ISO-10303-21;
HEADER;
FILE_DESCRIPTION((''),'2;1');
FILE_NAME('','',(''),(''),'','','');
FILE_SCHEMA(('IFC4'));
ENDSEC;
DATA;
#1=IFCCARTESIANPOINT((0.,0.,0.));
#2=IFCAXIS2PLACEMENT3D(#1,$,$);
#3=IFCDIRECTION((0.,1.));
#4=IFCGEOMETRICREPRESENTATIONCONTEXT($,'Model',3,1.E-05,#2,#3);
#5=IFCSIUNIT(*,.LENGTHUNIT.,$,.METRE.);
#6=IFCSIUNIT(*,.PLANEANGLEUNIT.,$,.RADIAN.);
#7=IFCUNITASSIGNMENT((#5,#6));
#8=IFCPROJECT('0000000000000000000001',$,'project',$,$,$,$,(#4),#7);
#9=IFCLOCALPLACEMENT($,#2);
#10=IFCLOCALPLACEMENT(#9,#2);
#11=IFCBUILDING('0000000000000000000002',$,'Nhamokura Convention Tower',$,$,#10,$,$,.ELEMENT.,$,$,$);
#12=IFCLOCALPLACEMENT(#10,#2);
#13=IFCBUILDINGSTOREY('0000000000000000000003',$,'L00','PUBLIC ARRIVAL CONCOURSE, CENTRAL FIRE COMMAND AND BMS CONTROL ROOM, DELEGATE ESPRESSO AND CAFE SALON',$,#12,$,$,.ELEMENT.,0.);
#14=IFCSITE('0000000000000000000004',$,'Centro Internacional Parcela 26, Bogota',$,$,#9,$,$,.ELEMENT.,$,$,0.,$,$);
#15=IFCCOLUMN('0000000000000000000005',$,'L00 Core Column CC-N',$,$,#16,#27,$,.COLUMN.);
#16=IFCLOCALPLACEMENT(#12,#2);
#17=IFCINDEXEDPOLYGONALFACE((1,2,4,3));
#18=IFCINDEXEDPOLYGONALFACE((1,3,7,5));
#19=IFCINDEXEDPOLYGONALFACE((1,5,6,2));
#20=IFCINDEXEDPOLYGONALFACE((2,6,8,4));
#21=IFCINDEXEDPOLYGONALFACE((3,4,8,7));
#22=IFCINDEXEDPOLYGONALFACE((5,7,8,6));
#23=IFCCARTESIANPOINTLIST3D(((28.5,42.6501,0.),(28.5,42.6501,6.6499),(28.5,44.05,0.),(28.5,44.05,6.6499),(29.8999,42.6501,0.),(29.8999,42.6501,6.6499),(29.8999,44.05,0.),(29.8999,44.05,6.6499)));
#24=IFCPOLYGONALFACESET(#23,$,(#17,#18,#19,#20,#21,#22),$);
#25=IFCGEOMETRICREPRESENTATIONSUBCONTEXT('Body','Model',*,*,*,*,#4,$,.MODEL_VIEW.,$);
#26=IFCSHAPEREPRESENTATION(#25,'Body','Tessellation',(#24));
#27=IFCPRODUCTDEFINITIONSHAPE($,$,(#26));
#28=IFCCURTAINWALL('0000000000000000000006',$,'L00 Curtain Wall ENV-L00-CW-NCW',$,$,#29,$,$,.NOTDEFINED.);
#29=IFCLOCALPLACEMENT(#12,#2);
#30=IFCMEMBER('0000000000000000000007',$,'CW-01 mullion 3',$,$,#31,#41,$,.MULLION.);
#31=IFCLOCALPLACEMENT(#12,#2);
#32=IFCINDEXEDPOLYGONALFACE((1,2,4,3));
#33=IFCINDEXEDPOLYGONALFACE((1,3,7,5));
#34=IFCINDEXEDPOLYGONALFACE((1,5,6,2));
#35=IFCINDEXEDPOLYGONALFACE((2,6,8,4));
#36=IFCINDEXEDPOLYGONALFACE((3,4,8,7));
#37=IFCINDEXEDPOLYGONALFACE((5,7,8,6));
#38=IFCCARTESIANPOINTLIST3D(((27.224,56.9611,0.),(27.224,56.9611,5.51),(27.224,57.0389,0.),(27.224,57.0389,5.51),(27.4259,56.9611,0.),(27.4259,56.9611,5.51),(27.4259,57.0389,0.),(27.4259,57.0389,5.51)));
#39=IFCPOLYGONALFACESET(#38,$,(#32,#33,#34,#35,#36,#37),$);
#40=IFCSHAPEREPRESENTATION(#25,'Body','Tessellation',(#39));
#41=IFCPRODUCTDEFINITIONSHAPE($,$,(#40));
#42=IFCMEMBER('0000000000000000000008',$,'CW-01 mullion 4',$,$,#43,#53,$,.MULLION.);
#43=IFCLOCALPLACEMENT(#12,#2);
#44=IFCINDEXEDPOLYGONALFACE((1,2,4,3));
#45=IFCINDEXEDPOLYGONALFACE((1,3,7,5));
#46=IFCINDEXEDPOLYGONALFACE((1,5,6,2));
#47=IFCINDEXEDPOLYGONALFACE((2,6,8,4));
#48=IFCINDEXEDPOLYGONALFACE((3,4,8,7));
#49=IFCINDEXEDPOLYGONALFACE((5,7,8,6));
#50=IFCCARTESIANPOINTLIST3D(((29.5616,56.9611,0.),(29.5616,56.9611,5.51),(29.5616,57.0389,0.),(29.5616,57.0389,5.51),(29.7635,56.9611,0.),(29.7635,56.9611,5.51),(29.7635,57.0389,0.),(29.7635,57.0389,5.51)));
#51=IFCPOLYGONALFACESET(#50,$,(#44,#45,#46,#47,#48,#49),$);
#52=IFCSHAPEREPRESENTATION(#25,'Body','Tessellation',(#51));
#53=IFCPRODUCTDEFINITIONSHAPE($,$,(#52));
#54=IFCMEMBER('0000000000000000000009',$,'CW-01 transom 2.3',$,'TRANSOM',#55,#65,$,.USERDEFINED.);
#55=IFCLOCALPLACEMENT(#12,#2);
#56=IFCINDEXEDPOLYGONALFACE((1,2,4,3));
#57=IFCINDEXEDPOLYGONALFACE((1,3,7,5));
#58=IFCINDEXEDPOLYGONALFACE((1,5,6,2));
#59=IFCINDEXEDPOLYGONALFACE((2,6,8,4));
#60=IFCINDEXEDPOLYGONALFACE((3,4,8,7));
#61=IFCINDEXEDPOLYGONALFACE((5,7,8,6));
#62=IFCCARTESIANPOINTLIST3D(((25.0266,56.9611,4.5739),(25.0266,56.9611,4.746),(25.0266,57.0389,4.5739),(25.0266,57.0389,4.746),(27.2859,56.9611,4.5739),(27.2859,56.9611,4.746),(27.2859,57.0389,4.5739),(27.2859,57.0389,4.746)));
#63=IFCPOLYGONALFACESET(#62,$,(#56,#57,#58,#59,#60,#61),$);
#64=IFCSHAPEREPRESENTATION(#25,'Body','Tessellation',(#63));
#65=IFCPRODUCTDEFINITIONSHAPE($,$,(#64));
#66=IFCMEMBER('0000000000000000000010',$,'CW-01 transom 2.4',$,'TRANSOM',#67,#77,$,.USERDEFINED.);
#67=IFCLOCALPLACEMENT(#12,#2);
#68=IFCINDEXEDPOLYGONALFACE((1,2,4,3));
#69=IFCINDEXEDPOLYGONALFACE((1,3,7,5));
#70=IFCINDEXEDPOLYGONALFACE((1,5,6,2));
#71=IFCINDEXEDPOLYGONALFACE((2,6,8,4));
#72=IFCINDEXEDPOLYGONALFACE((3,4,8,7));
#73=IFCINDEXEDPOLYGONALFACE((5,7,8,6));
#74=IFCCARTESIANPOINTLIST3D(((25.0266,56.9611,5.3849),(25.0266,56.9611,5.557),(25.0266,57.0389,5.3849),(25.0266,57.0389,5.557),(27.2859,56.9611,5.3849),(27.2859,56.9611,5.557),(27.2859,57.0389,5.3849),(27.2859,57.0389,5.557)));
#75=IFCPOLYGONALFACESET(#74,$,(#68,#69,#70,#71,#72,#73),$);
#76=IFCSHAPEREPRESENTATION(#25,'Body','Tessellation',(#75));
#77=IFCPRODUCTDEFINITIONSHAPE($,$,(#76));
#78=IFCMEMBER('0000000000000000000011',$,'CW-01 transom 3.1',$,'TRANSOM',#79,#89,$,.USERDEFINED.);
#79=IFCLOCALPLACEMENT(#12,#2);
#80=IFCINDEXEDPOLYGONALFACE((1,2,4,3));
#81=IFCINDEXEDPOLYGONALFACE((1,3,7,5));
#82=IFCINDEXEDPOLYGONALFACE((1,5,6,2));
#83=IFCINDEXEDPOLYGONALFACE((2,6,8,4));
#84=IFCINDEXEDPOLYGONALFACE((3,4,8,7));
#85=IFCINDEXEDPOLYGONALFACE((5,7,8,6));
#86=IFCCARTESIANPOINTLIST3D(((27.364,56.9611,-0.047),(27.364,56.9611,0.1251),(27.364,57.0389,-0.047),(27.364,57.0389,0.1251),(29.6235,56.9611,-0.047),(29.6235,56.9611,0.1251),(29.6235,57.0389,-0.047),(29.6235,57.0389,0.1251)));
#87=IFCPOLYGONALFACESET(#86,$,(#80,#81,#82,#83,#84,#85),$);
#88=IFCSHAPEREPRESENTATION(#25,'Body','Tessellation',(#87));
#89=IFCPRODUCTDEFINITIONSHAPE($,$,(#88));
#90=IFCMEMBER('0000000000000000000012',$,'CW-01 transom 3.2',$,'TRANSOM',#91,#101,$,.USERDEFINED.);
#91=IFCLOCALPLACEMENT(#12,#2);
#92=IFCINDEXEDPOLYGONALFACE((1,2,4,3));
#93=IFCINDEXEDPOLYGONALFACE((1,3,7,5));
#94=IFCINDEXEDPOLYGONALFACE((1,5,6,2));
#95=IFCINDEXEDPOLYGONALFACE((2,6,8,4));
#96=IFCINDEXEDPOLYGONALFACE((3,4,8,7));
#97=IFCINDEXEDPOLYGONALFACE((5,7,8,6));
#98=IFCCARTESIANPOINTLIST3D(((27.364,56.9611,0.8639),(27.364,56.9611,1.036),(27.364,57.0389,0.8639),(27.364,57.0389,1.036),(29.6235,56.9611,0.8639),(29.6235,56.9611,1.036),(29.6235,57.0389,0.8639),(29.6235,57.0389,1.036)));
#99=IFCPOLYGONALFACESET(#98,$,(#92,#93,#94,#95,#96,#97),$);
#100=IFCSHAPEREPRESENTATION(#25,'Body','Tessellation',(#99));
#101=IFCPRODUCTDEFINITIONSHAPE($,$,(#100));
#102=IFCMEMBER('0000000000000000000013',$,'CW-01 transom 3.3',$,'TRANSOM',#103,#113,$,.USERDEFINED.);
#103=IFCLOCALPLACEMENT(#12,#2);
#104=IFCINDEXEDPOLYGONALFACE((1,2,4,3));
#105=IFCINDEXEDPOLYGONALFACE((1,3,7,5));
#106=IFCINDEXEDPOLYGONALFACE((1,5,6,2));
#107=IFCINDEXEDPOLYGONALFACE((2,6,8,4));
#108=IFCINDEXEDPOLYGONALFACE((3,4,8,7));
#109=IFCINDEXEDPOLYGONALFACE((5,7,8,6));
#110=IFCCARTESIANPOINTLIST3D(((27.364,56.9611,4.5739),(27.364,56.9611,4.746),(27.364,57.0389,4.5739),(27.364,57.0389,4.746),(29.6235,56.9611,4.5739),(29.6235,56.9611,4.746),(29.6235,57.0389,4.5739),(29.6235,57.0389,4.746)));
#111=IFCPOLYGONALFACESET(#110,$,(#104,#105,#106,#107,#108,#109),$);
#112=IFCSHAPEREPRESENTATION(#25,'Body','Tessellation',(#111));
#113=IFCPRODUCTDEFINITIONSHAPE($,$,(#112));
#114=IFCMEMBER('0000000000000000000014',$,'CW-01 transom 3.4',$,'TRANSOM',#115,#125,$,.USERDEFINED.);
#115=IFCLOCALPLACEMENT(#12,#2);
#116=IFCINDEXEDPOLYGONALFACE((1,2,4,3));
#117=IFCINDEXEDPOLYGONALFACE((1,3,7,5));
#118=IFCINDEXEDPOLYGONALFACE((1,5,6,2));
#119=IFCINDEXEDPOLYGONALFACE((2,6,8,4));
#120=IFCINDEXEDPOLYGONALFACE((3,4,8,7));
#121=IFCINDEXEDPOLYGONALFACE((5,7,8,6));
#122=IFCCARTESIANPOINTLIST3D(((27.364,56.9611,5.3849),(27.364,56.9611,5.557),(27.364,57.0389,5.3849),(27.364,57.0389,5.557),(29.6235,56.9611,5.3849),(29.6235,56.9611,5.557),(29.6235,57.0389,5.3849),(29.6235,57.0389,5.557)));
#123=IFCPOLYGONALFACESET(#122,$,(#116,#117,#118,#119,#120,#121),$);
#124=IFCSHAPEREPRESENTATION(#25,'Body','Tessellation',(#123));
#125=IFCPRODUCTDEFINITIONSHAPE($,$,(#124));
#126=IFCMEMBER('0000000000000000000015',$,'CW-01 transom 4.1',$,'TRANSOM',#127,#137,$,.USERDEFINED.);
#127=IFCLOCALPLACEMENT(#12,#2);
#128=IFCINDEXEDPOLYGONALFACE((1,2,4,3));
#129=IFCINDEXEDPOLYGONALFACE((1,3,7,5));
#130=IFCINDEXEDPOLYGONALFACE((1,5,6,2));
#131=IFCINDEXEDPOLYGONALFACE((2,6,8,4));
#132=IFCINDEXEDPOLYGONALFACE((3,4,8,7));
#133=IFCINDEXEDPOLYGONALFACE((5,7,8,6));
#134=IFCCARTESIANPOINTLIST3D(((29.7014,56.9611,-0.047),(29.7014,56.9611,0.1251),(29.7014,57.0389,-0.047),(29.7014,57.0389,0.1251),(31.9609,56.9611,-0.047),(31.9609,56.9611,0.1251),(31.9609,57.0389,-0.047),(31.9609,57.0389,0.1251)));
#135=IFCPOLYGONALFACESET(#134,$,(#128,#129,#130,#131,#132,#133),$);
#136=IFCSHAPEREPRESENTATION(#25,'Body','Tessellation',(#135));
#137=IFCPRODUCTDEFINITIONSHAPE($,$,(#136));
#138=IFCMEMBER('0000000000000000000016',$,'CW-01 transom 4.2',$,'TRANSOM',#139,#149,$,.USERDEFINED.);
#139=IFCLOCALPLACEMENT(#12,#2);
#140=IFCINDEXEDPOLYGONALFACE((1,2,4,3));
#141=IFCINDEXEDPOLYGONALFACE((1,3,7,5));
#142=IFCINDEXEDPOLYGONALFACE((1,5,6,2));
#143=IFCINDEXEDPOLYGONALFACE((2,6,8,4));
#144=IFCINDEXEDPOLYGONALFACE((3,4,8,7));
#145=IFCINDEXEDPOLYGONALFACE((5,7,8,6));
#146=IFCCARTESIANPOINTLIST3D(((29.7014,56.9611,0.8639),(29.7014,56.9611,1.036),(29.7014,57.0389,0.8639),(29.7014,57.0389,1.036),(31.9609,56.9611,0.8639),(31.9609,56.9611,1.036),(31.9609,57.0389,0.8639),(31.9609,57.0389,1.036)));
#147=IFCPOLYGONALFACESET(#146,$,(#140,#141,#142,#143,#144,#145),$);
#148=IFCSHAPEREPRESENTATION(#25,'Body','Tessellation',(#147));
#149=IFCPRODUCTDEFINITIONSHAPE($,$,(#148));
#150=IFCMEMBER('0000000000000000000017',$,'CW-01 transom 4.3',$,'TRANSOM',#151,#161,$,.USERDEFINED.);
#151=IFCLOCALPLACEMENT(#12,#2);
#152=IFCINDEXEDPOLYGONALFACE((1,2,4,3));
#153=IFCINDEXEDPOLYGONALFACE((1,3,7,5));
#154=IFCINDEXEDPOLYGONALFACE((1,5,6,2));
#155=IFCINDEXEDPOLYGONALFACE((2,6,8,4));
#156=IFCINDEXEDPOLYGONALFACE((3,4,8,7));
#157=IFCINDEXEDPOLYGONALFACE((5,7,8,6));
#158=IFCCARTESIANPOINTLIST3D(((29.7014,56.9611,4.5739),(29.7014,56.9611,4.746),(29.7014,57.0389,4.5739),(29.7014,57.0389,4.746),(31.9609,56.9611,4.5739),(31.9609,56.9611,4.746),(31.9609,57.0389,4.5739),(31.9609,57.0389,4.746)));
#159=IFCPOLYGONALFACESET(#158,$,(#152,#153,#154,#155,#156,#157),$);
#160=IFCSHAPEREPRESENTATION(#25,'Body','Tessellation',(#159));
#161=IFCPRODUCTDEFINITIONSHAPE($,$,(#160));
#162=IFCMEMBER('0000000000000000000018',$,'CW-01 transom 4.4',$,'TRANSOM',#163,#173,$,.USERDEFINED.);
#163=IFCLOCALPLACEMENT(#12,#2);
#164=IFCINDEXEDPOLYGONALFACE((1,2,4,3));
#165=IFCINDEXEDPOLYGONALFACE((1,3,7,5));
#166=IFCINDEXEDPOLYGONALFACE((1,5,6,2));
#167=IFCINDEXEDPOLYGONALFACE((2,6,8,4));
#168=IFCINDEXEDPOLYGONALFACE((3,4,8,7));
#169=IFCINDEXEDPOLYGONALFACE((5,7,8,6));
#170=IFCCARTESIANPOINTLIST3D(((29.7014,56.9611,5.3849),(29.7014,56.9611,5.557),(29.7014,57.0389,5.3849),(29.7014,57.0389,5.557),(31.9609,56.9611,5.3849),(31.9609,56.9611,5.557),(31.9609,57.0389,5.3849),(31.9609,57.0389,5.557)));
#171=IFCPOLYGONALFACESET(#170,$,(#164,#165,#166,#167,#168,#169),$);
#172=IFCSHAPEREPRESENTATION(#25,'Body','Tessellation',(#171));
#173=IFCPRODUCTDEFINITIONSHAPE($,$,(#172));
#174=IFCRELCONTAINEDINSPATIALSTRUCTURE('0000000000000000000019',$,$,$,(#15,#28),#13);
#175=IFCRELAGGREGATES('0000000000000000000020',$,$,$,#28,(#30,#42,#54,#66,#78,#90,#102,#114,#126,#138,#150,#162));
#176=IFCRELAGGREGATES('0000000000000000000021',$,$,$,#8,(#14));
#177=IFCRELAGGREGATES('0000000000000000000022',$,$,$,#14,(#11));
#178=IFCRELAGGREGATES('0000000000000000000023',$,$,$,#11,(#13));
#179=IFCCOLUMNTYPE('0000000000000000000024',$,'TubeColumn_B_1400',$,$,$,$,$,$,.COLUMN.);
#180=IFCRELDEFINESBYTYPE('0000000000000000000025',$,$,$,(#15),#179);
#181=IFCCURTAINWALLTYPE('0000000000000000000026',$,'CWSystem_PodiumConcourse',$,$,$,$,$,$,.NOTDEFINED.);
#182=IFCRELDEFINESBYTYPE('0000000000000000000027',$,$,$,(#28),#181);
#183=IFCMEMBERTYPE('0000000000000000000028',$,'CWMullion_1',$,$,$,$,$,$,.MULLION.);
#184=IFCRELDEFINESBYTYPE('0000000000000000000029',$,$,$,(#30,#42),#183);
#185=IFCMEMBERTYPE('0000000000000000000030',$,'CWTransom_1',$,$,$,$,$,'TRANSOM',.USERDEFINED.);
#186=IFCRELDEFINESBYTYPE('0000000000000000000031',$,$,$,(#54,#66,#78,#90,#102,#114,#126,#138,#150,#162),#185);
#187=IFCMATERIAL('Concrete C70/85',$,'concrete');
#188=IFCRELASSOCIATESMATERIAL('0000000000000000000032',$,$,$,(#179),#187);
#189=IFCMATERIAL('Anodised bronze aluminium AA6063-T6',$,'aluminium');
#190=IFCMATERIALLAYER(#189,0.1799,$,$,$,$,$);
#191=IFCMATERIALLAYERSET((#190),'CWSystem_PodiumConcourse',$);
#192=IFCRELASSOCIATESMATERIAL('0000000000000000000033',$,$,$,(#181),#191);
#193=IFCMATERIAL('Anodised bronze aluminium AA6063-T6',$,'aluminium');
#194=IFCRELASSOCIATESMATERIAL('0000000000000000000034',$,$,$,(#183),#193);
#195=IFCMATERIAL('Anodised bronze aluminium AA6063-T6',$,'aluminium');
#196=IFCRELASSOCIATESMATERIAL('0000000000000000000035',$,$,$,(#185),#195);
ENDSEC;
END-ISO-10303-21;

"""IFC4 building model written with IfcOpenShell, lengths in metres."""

from ifc_helpers import new_model, si_unit, direction, frame, origin, origin_2d, place, context, subcontext, project, spatial, rectangle, extrude, material, layer, layer_set, material_profile, profile_set, type_object, element, aggregate, save


model = new_model("IFC4")

# Units and contexts
model_context = context("Model", 3, precision=1e-05, world=origin(), true_north=direction((0.0, 1.0)))
body_context = subcontext(model_context, "Body", "Model", "MODEL_VIEW")
ifc_project = project(units=[si_unit("LENGTHUNIT", "METRE"), si_unit("PLANEANGLEUNIT", "RADIAN")], contexts=[model_context])

# Site, building, storey
site_placement = place(None, origin())
site = spatial("IfcSite", under=ifc_project, at=site_placement, Name="Centro Internacional Parcela 26, Bogota", CompositionType="ELEMENT", RefElevation=0.0)
building_placement = place(site_placement, origin())
building = spatial("IfcBuilding", under=site, at=building_placement, Name="Nhamokura Convention Tower", CompositionType="ELEMENT")
storey_placement = place(building_placement, origin())
storey = spatial("IfcBuildingStorey", under=building, at=storey_placement, Name="L00", Description="PUBLIC ARRIVAL CONCOURSE, CENTRAL FIRE COMMAND AND BMS CONTROL ROOM, DELEGATE ESPRESSO AND CAFE SALON", CompositionType="ELEMENT", Elevation=0.0)

# Column
ifc_material_1 = material(Name="Concrete C70/85", Category="concrete")
ifc_material_profile_1 = material_profile(ifc_material_1, rectangle(XDim=1.3999, YDim=1.3999, at=origin_2d()))
ifc_profile_set_1 = profile_set([ifc_material_profile_1], Name="Concrete C70/85")
column_type = type_object("IfcColumnType", Name="TubeColumn_B_1400", PredefinedType="COLUMN", material=ifc_profile_set_1)
column_placement = place(storey_placement, frame((29.2, 43.3501, 0.0), z_axis=(0.0, 0.0, 1.0), x_axis=(1.0, 0.0, 0.0)))
element("IfcColumn", 1, at=column_placement, inside=storey, type_object=column_type, Name="L00 Core Column CC-N", PredefinedType="COLUMN", context=body_context, shape_type="SweptSolid", body=[
    extrude(rectangle(XDim=1.3999, YDim=1.3999, at=origin_2d()), origin(), (0.0, 0.0, 1.0), 6.6499),
])

# Curtain wall, members
ifc_material_2 = material(Name="Anodised bronze aluminium AA6063-T6", Category="aluminium")
ifc_layer_1 = layer(ifc_material_2, 0.1799)
ifc_layer_set_1 = layer_set([ifc_layer_1], Name="CWSystem_PodiumConcourse")
curtain_wall_type = type_object("IfcCurtainWallType", Name="CWSystem_PodiumConcourse", PredefinedType="NOTDEFINED", material=ifc_layer_set_1)
curtain_wall_placement = place(storey_placement, origin())
curtain_wall = element("IfcCurtainWall", 2, at=curtain_wall_placement, inside=storey, type_object=curtain_wall_type, Name="L00 Curtain Wall ENV-L00-CW-NCW", PredefinedType="NOTDEFINED")
ifc_material_3 = material(Name="Anodised bronze aluminium AA6063-T6", Category="aluminium")
ifc_material_profile_2 = material_profile(ifc_material_3, rectangle(XDim=0.0779, YDim=0.2019, at=origin_2d()))
ifc_profile_set_2 = profile_set([ifc_material_profile_2], Name="Anodised bronze aluminium AA6063-T6")
member_type_1 = type_object("IfcMemberType", Name="CWMullion_1", PredefinedType="MULLION", material=ifc_profile_set_2)
member_1_placement = place(storey_placement, frame((27.325, 57.0, 0.0), z_axis=(0.0, 0.0, 1.0), x_axis=(0.0, 1.0, 0.0)))
member_1 = element("IfcMember", 3, at=member_1_placement, type_object=member_type_1, Name="CW-01 mullion 3", PredefinedType="MULLION", context=body_context, shape_type="SweptSolid", body=[
    extrude(rectangle(XDim=0.0779, YDim=0.2019, at=origin_2d()), origin(), (0.0, 0.0, 1.0), 5.51),
])
member_2_placement = place(storey_placement, frame((29.6626, 57.0, 0.0), z_axis=(0.0, 0.0, 1.0), x_axis=(0.0, 1.0, 0.0)))
member_2 = element("IfcMember", 4, at=member_2_placement, type_object=member_type_1, Name="CW-01 mullion 4", PredefinedType="MULLION", context=body_context, shape_type="SweptSolid", body=[
    extrude(rectangle(XDim=0.0779, YDim=0.2019, at=origin_2d()), origin(), (0.0, 0.0, 1.0), 5.51),
])
ifc_material_4 = material(Name="Anodised bronze aluminium AA6063-T6", Category="aluminium")
ifc_material_profile_3 = material_profile(ifc_material_4, rectangle(XDim=0.0779, YDim=0.1721, at=origin_2d()))
ifc_profile_set_3 = profile_set([ifc_material_profile_3], Name="Anodised bronze aluminium AA6063-T6")
member_type_2 = type_object("IfcMemberType", Name="CWTransom_1", ElementType="TRANSOM", PredefinedType="USERDEFINED", material=ifc_profile_set_3)
member_3_placement = place(storey_placement, frame((25.0266, 57.0, 4.6599), z_axis=(1.0, 0.0, 0.0), x_axis=(0.0, 1.0, 0.0)))
member_3 = element("IfcMember", 5, at=member_3_placement, type_object=member_type_2, Name="CW-01 transom 2.3", ObjectType="TRANSOM", PredefinedType="USERDEFINED", context=body_context, shape_type="SweptSolid", body=[
    extrude(rectangle(XDim=0.0779, YDim=0.1721, at=origin_2d()), origin(), (0.0, 0.0, 1.0), 2.2593),
])
member_4_placement = place(storey_placement, frame((25.0266, 57.0, 5.4709), z_axis=(1.0, 0.0, 0.0), x_axis=(0.0, 1.0, 0.0)))
member_4 = element("IfcMember", 6, at=member_4_placement, type_object=member_type_2, Name="CW-01 transom 2.4", ObjectType="TRANSOM", PredefinedType="USERDEFINED", context=body_context, shape_type="SweptSolid", body=[
    extrude(rectangle(XDim=0.0779, YDim=0.1721, at=origin_2d()), origin(), (0.0, 0.0, 1.0), 2.2593),
])
member_5_placement = place(storey_placement, frame((27.364, 57.0, 0.0391), z_axis=(1.0, 0.0, 0.0), x_axis=(0.0, 1.0, 0.0)))
member_5 = element("IfcMember", 7, at=member_5_placement, type_object=member_type_2, Name="CW-01 transom 3.1", ObjectType="TRANSOM", PredefinedType="USERDEFINED", context=body_context, shape_type="SweptSolid", body=[
    extrude(rectangle(XDim=0.0779, YDim=0.1721, at=origin_2d()), origin(), (0.0, 0.0, 1.0), 2.2595),
])
member_6_placement = place(storey_placement, frame((27.364, 57.0, 0.95), z_axis=(1.0, 0.0, 0.0), x_axis=(0.0, 1.0, 0.0)))
member_6 = element("IfcMember", 8, at=member_6_placement, type_object=member_type_2, Name="CW-01 transom 3.2", ObjectType="TRANSOM", PredefinedType="USERDEFINED", context=body_context, shape_type="SweptSolid", body=[
    extrude(rectangle(XDim=0.0779, YDim=0.1721, at=origin_2d()), origin(), (0.0, 0.0, 1.0), 2.2595),
])
member_7_placement = place(storey_placement, frame((27.364, 57.0, 4.6599), z_axis=(1.0, 0.0, 0.0), x_axis=(0.0, 1.0, 0.0)))
member_7 = element("IfcMember", 9, at=member_7_placement, type_object=member_type_2, Name="CW-01 transom 3.3", ObjectType="TRANSOM", PredefinedType="USERDEFINED", context=body_context, shape_type="SweptSolid", body=[
    extrude(rectangle(XDim=0.0779, YDim=0.1721, at=origin_2d()), origin(), (0.0, 0.0, 1.0), 2.2595),
])
member_8_placement = place(storey_placement, frame((27.364, 57.0, 5.4709), z_axis=(1.0, 0.0, 0.0), x_axis=(0.0, 1.0, 0.0)))
member_8 = element("IfcMember", 10, at=member_8_placement, type_object=member_type_2, Name="CW-01 transom 3.4", ObjectType="TRANSOM", PredefinedType="USERDEFINED", context=body_context, shape_type="SweptSolid", body=[
    extrude(rectangle(XDim=0.0779, YDim=0.1721, at=origin_2d()), origin(), (0.0, 0.0, 1.0), 2.2595),
])
member_9_placement = place(storey_placement, frame((29.7014, 57.0, 0.0391), z_axis=(1.0, 0.0, 0.0), x_axis=(0.0, 1.0, 0.0)))
member_9 = element("IfcMember", 11, at=member_9_placement, type_object=member_type_2, Name="CW-01 transom 4.1", ObjectType="TRANSOM", PredefinedType="USERDEFINED", context=body_context, shape_type="SweptSolid", body=[
    extrude(rectangle(XDim=0.0779, YDim=0.1721, at=origin_2d()), origin(), (0.0, 0.0, 1.0), 2.2595),
])
member_10_placement = place(storey_placement, frame((29.7014, 57.0, 0.95), z_axis=(1.0, 0.0, 0.0), x_axis=(0.0, 1.0, 0.0)))
member_10 = element("IfcMember", 12, at=member_10_placement, type_object=member_type_2, Name="CW-01 transom 4.2", ObjectType="TRANSOM", PredefinedType="USERDEFINED", context=body_context, shape_type="SweptSolid", body=[
    extrude(rectangle(XDim=0.0779, YDim=0.1721, at=origin_2d()), origin(), (0.0, 0.0, 1.0), 2.2595),
])
member_11_placement = place(storey_placement, frame((29.7014, 57.0, 4.6599), z_axis=(1.0, 0.0, 0.0), x_axis=(0.0, 1.0, 0.0)))
member_11 = element("IfcMember", 13, at=member_11_placement, type_object=member_type_2, Name="CW-01 transom 4.3", ObjectType="TRANSOM", PredefinedType="USERDEFINED", context=body_context, shape_type="SweptSolid", body=[
    extrude(rectangle(XDim=0.0779, YDim=0.1721, at=origin_2d()), origin(), (0.0, 0.0, 1.0), 2.2595),
])
member_12_placement = place(storey_placement, frame((29.7014, 57.0, 5.4709), z_axis=(1.0, 0.0, 0.0), x_axis=(0.0, 1.0, 0.0)))
member_12 = element("IfcMember", 14, at=member_12_placement, type_object=member_type_2, Name="CW-01 transom 4.4", ObjectType="TRANSOM", PredefinedType="USERDEFINED", context=body_context, shape_type="SweptSolid", body=[
    extrude(rectangle(XDim=0.0779, YDim=0.1721, at=origin_2d()), origin(), (0.0, 0.0, 1.0), 2.2595),
])

aggregate(curtain_wall, [member_1, member_2, member_3, member_4, member_5, member_6, member_7, member_8, member_9, member_10, member_11, member_12])

save(model, "model.ifc")
